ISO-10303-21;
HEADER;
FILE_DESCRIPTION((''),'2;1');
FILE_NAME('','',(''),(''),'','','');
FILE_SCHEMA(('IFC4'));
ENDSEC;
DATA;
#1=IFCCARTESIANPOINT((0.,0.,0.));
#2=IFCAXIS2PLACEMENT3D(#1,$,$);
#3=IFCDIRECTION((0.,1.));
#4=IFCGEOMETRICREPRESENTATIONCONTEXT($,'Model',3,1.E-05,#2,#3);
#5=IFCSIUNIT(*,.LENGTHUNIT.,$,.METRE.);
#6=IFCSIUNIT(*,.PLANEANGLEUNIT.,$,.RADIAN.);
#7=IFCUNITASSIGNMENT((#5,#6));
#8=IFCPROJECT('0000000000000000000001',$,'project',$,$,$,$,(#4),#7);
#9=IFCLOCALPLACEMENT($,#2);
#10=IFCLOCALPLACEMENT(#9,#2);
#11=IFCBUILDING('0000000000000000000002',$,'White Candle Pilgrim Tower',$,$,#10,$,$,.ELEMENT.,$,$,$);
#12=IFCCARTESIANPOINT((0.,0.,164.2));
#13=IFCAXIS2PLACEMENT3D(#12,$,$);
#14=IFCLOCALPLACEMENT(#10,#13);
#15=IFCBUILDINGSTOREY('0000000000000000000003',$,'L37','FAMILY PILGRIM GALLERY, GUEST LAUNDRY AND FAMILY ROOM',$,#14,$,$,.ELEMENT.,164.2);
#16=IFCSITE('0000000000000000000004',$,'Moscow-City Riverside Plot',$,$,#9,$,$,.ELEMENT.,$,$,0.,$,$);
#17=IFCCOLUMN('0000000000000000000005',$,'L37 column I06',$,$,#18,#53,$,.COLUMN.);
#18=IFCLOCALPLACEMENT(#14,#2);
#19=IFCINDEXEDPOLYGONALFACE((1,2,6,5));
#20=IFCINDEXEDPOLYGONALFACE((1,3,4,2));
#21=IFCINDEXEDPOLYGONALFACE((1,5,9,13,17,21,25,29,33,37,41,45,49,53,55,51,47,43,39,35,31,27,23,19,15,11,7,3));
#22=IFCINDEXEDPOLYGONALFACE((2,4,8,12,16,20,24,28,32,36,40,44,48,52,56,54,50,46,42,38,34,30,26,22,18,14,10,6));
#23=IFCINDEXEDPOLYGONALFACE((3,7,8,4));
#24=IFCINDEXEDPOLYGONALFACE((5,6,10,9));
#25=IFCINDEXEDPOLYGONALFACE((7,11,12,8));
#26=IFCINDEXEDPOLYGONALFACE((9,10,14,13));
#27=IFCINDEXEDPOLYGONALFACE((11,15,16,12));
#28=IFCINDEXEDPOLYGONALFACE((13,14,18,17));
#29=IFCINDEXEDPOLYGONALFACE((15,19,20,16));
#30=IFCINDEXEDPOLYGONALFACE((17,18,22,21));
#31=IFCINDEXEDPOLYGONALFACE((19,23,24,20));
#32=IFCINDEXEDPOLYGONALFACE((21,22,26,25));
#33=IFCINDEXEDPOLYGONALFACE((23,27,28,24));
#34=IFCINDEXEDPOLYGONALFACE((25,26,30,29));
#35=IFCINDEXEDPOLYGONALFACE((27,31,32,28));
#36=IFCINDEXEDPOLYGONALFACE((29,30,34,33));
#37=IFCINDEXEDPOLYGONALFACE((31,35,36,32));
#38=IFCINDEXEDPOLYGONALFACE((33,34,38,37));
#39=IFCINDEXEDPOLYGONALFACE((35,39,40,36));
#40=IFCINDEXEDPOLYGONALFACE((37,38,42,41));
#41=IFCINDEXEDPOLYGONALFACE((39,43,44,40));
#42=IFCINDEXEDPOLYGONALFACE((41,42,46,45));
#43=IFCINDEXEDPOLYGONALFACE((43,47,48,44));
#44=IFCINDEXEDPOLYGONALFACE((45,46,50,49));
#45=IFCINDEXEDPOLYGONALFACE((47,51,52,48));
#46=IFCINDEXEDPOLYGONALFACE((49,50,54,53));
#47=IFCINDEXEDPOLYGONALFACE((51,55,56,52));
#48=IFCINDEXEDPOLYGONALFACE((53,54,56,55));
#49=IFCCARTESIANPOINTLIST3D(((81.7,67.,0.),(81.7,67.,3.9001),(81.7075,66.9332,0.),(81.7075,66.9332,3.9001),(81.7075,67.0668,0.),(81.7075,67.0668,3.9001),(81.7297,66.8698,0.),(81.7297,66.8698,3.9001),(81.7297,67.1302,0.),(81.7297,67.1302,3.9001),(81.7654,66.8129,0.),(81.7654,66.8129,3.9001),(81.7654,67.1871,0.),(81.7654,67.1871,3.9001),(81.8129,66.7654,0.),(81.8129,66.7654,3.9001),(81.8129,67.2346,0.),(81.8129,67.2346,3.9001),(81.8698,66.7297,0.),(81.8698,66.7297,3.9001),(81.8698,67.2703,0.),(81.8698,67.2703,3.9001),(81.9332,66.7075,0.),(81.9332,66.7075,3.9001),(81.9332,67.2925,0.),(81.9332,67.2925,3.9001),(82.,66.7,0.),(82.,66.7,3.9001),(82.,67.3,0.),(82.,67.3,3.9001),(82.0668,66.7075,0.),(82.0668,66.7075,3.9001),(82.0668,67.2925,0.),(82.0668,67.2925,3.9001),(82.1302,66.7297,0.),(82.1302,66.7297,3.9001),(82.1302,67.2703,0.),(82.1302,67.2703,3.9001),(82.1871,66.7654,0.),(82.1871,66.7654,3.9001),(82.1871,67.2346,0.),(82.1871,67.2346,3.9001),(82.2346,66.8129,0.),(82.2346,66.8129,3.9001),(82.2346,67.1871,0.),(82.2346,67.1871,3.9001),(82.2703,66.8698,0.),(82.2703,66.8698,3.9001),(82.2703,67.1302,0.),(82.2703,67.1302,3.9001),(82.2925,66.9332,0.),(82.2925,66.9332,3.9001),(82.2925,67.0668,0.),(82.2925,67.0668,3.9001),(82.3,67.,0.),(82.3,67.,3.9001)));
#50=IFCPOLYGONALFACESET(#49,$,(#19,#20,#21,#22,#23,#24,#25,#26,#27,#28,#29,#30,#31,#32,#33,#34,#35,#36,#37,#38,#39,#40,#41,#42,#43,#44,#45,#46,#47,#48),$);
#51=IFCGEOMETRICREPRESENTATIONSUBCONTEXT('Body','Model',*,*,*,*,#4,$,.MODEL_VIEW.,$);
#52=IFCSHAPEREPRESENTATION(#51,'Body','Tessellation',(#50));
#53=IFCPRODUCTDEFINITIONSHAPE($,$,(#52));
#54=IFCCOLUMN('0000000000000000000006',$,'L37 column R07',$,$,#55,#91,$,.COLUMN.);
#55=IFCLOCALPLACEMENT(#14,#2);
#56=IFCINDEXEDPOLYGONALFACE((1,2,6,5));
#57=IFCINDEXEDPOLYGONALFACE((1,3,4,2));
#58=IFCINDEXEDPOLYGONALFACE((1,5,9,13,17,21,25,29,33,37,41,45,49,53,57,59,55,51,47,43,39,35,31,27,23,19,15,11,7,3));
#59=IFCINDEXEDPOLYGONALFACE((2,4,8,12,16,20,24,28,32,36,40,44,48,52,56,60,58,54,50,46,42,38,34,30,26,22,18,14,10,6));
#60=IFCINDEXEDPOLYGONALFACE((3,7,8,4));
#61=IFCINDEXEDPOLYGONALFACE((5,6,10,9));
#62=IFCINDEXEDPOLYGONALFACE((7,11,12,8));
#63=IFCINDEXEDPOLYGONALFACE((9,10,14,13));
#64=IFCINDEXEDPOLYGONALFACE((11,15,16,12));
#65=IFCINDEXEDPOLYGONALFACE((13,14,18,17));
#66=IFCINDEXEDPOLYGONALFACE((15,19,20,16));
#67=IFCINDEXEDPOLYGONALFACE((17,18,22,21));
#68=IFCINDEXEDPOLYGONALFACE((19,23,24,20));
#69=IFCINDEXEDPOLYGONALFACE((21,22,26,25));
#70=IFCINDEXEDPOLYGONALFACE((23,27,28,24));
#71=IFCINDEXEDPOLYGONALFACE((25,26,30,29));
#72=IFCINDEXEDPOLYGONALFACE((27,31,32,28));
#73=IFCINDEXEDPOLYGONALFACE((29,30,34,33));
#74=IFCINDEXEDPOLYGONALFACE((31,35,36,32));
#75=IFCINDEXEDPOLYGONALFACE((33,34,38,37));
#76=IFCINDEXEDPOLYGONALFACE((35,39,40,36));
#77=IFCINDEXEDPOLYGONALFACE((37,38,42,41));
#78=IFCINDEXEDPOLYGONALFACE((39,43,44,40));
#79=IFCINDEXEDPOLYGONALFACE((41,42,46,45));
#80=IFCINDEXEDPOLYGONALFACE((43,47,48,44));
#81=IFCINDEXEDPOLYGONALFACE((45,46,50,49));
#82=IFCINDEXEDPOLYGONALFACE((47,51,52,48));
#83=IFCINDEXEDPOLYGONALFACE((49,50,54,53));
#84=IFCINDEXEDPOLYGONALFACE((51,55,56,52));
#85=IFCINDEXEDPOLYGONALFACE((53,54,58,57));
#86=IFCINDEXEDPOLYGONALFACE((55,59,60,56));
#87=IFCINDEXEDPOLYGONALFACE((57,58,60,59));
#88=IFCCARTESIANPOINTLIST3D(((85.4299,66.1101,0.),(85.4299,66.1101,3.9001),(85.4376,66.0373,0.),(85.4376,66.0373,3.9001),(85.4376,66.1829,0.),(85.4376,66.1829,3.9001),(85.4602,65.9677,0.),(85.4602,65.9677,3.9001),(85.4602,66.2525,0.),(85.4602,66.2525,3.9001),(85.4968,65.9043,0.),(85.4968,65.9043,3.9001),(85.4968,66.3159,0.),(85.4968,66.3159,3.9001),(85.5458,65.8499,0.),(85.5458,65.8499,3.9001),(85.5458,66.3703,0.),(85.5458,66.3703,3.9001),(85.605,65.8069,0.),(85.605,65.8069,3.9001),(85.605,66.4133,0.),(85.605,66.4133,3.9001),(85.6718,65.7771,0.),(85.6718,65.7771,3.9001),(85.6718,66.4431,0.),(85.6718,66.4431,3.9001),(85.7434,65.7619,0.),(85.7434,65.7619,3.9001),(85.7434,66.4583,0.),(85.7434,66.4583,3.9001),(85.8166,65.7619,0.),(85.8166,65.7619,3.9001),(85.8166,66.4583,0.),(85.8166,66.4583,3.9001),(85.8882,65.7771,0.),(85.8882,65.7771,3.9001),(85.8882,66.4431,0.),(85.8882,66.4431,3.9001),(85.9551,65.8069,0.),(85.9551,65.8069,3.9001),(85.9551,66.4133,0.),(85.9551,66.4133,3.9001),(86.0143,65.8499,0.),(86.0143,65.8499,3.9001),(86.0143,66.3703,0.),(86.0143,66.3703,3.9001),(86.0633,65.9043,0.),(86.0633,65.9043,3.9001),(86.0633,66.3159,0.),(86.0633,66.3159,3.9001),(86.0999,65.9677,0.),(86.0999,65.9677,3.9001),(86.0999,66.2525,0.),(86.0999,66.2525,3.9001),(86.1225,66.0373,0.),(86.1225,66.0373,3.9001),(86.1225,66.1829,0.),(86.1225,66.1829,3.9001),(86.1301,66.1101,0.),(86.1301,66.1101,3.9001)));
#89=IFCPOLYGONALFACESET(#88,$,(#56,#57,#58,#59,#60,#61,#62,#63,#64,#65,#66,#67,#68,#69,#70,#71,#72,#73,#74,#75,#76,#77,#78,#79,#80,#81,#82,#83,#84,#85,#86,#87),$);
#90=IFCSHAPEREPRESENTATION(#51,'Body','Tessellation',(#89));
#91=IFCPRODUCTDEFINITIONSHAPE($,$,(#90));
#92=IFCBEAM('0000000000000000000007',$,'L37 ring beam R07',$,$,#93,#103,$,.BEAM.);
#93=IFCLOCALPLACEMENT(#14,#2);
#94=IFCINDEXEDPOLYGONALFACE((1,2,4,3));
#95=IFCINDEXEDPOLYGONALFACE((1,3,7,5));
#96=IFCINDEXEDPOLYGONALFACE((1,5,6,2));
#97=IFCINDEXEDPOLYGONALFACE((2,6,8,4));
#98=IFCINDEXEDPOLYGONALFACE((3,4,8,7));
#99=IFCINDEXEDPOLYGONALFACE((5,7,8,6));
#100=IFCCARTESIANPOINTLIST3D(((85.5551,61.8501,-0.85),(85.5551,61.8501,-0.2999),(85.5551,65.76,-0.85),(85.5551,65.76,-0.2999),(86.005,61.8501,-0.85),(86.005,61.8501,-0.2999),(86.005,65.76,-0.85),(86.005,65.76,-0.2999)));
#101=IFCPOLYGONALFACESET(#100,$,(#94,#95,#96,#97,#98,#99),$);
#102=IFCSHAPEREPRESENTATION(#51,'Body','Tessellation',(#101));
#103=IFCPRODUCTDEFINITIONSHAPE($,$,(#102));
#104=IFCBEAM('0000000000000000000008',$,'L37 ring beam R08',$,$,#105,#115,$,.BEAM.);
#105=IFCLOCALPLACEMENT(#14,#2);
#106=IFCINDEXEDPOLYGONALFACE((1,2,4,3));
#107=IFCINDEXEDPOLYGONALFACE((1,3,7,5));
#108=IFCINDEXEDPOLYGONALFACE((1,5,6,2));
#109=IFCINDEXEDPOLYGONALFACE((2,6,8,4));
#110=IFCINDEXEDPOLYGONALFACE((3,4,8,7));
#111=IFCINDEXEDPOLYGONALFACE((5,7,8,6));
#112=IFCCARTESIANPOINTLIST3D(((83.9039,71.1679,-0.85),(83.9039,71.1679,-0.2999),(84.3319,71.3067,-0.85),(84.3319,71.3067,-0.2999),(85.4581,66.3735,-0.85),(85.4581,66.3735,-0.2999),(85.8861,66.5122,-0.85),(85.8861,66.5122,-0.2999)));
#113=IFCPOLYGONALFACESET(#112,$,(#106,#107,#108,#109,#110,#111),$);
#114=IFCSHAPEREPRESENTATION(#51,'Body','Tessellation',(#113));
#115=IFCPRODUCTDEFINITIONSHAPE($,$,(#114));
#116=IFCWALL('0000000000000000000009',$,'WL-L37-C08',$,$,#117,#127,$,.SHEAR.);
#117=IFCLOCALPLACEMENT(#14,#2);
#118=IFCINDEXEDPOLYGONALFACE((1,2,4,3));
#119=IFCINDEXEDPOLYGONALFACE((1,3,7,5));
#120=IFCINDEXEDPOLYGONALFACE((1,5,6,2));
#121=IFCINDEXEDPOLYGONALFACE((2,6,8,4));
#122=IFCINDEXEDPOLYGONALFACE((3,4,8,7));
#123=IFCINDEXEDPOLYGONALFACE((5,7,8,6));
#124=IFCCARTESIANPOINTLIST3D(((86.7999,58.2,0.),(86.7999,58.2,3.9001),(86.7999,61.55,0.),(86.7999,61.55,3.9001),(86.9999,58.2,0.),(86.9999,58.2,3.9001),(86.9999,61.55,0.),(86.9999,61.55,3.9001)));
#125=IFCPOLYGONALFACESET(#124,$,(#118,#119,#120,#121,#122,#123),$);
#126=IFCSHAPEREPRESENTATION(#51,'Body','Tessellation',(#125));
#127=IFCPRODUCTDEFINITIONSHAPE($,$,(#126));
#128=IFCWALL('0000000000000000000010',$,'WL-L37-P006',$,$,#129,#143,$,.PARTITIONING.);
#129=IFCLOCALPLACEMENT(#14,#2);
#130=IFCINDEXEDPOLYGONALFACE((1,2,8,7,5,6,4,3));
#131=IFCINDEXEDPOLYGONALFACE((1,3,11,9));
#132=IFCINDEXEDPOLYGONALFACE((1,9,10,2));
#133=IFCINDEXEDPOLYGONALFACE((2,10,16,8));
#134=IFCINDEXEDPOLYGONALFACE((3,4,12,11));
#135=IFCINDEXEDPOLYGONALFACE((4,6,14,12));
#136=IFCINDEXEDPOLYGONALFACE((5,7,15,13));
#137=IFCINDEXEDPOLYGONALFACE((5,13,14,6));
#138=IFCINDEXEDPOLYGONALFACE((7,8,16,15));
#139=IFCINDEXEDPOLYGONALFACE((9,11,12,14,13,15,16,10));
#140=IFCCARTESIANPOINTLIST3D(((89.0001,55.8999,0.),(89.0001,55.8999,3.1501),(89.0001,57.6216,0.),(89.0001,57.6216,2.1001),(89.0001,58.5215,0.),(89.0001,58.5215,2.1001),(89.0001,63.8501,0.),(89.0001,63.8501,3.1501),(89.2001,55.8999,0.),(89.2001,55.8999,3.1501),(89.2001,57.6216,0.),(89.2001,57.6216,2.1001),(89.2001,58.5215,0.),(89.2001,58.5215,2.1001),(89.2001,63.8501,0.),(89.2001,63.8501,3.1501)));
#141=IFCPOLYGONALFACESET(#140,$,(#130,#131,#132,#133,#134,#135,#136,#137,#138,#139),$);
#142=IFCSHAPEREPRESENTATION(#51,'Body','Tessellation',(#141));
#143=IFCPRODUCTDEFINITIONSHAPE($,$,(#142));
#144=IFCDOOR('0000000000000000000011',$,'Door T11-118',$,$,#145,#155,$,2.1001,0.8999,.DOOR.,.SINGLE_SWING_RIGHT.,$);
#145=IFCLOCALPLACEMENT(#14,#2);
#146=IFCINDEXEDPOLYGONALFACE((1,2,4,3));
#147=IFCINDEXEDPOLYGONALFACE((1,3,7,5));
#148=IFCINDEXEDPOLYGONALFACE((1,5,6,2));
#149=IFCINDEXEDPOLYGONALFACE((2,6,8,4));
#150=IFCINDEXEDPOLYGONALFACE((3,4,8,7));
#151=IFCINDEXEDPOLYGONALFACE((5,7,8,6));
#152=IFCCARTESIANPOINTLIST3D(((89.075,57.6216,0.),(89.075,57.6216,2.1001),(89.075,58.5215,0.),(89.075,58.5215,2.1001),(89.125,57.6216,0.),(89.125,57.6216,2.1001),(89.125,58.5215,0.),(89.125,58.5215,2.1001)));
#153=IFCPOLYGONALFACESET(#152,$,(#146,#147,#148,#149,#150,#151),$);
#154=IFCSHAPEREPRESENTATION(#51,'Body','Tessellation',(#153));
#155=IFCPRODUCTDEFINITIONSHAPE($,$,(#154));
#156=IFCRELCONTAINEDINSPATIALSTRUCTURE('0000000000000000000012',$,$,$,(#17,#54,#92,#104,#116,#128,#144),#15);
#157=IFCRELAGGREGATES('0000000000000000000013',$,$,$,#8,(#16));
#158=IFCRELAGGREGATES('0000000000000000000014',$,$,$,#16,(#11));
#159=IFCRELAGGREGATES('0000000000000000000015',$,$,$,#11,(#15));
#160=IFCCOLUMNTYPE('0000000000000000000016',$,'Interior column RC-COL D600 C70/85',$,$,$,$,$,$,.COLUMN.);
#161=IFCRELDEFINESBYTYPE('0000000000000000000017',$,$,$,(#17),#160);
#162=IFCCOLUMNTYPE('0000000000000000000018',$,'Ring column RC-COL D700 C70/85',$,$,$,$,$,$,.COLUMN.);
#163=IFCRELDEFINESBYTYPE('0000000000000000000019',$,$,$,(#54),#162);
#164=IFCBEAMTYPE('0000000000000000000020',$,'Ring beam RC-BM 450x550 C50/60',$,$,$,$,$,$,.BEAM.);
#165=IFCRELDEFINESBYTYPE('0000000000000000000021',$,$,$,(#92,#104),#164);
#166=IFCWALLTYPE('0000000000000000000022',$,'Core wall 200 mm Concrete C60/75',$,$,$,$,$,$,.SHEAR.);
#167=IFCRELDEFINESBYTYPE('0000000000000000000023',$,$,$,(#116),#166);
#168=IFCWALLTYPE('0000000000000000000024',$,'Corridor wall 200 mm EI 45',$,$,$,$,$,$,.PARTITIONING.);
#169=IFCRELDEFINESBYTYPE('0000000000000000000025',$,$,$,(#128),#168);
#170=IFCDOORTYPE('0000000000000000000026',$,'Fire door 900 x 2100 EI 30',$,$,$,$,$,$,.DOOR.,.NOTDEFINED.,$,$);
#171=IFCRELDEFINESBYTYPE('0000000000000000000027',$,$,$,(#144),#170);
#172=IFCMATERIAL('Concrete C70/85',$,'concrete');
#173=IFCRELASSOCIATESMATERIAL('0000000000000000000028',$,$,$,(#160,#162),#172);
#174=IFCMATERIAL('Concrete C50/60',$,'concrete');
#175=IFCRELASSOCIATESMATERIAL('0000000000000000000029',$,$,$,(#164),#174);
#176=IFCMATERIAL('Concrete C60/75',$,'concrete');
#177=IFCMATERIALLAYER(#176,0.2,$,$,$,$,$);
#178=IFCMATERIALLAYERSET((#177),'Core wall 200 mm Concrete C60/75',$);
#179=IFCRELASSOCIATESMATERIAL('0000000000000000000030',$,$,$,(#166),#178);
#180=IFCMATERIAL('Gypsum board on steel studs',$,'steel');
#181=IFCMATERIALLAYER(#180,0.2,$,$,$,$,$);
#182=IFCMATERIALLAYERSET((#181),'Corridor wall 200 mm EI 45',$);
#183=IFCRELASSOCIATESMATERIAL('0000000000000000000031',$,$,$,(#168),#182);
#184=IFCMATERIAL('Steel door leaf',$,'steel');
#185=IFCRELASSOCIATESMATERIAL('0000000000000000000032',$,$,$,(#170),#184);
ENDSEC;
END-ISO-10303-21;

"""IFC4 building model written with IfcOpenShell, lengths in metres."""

from ifc_helpers import new_model, si_unit, direction, frame, frame_2d, origin, origin_2d, place, context, subcontext, project, spatial, rectangle, circle, extrude, material, layer, layer_set, material_profile, profile_set, type_object, element, fill, save


model = new_model("IFC4")

# Units and contexts
model_context = context("Model", 3, precision=1e-05, world=origin(), true_north=direction((0.0, 1.0)))
body_context = subcontext(model_context, "Body", "Model", "MODEL_VIEW")
ifc_project = project(units=[si_unit("LENGTHUNIT", "METRE"), si_unit("PLANEANGLEUNIT", "RADIAN")], contexts=[model_context])

# Site, building, storey
site_placement = place(None, origin())
site = spatial("IfcSite", under=ifc_project, at=site_placement, Name="Moscow-City Riverside Plot", CompositionType="ELEMENT", RefElevation=0.0)
building_placement = place(site_placement, origin())
building = spatial("IfcBuilding", under=site, at=building_placement, Name="White Candle Pilgrim Tower", CompositionType="ELEMENT")
storey_placement = place(building_placement, frame((0.0, 0.0, 164.2)))
storey = spatial("IfcBuildingStorey", under=building, at=storey_placement, Name="L37", Description="FAMILY PILGRIM GALLERY, GUEST LAUNDRY AND FAMILY ROOM", CompositionType="ELEMENT", Elevation=164.2)

# Columns
ifc_material_1 = material(Name="Concrete C70/85", Category="concrete")
ifc_material_profile_1 = material_profile(ifc_material_1, circle(Radius=0.3, at=origin_2d()), Name="RC-COL D600")
ifc_profile_set_1 = profile_set([ifc_material_profile_1], Name="Concrete C70/85")
column_type_1 = type_object("IfcColumnType", Name="Interior column RC-COL D600 C70/85", PredefinedType="COLUMN", material=ifc_profile_set_1)
column_1_placement = place(storey_placement, frame((82.0, 67.0, 0.0), z_axis=(0.0, 0.0, 1.0), x_axis=(1.0, 0.0, 0.0)))
element("IfcColumn", 1, at=column_1_placement, inside=storey, type_object=column_type_1, Name="L37 column I06", PredefinedType="COLUMN", context=body_context, shape_type="SweptSolid", body=[
    extrude(circle(Radius=0.3, at=origin_2d()), origin(), (0.0, 0.0, 1.0), 3.9001),
])
ifc_material_profile_2 = material_profile(ifc_material_1, circle(Radius=0.3501, at=origin_2d()), Name="RC-COL D700")
ifc_profile_set_2 = profile_set([ifc_material_profile_2], Name="Concrete C70/85")
column_type_2 = type_object("IfcColumnType", Name="Ring column RC-COL D700 C70/85", PredefinedType="COLUMN", material=ifc_profile_set_2)
column_2_placement = place(storey_placement, frame((85.78, 66.1101, 0.0), z_axis=(0.0, 0.0, 1.0), x_axis=(1.0, 0.0, 0.0)))
element("IfcColumn", 2, at=column_2_placement, inside=storey, type_object=column_type_2, Name="L37 column R07", PredefinedType="COLUMN", context=body_context, shape_type="SweptSolid", body=[
    extrude(circle(Radius=0.3501, at=origin_2d()), origin(), (0.0, 0.0, 1.0), 3.9001),
])

# Beams
ifc_material_2 = material(Name="Concrete C50/60", Category="concrete")
ifc_material_profile_3 = material_profile(ifc_material_2, rectangle(XDim=0.45, YDim=0.55, at=origin_2d()), Name="RC-BM 450x550")
ifc_profile_set_3 = profile_set([ifc_material_profile_3], Name="Concrete C50/60")
beam_type = type_object("IfcBeamType", Name="Ring beam RC-BM 450x550 C50/60", PredefinedType="BEAM", material=ifc_profile_set_3)
beam_1_placement = place(storey_placement, frame((85.78, 65.76, -0.575), z_axis=(0.0, -1.0, 0.0), x_axis=(1.0, 0.0, 0.0)))
element("IfcBeam", 3, at=beam_1_placement, inside=storey, type_object=beam_type, Name="L37 ring beam R07", PredefinedType="BEAM", context=body_context, shape_type="SweptSolid", body=[
    extrude(rectangle(XDim=0.45, YDim=0.55, at=origin_2d()), origin(), (0.0, 0.0, 1.0), 3.9099),
])
beam_2_placement = place(storey_placement, frame((85.6721, 66.4429, -0.575), z_axis=(-0.30837, 0.951267, 0.0), x_axis=(-0.951267, -0.30837, 0.0)))
element("IfcBeam", 4, at=beam_2_placement, inside=storey, type_object=beam_type, Name="L37 ring beam R08", PredefinedType="BEAM", context=body_context, shape_type="SweptSolid", body=[
    extrude(rectangle(XDim=0.45, YDim=0.55, at=origin_2d()), origin(), (0.0, 0.0, 1.0), 5.04),
])

# Wall
ifc_material_3 = material(Name="Concrete C60/75", Category="concrete")
ifc_layer_1 = layer(ifc_material_3, 0.2)
ifc_layer_set_1 = layer_set([ifc_layer_1], Name="Core wall 200 mm Concrete C60/75")
wall_type_1 = type_object("IfcWallType", Name="Core wall 200 mm Concrete C60/75", PredefinedType="SHEAR", material=ifc_layer_set_1)
wall_1_placement = place(storey_placement, frame((86.8999, 58.2, 0.0), z_axis=(0.0, 0.0, 1.0), x_axis=(0.0, 1.0, 0.0)))
element("IfcWall", 5, at=wall_1_placement, inside=storey, type_object=wall_type_1, Name="WL-L37-C08", PredefinedType="SHEAR", context=body_context, shape_type="SweptSolid", body=[
    extrude(rectangle(XDim=3.3501, YDim=0.2, at=frame_2d((1.675, 0.0))), origin(), (0.0, 0.0, 1.0), 3.9001),
])

# Wall, opening, door
ifc_material_4 = material(Name="Gypsum board on steel studs", Category="steel")
ifc_layer_2 = layer(ifc_material_4, 0.2)
ifc_layer_set_2 = layer_set([ifc_layer_2], Name="Corridor wall 200 mm EI 45")
wall_type_2 = type_object("IfcWallType", Name="Corridor wall 200 mm EI 45", PredefinedType="PARTITIONING", material=ifc_layer_set_2)
wall_2_placement = place(storey_placement, frame((89.1001, 63.8501, 0.0), z_axis=(0.0, 0.0, 1.0), x_axis=(0.0, -1.0, 0.0)))
wall_2 = element("IfcWall", 6, at=wall_2_placement, inside=storey, type_object=wall_type_2, Name="WL-L37-P006", PredefinedType="PARTITIONING", context=body_context, shape_type="SweptSolid", body=[
    extrude(rectangle(XDim=7.9502, YDim=0.2, at=frame_2d((3.9751, 0.0))), origin(), (0.0, 0.0, 1.0), 3.1501),
])
opening_1_placement = place(wall_2_placement, frame((5.3286, 0.0, 0.0)))
opening_1 = element("IfcOpeningElement", 7, at=opening_1_placement, cuts=wall_2, PredefinedType="OPENING", context=body_context, shape_type="SweptSolid", body=[
    extrude(rectangle(XDim=0.8999, YDim=2.1001, at=frame_2d((0.45, 1.05))), frame((0.0, 0.1099, 0.0), z_axis=(0.0, -1.0, 0.0), x_axis=(1.0, 0.0, 0.0)), (0.0, 0.0, 1.0), 0.22),
])
ifc_material_5 = material(Name="Steel door leaf", Category="steel")
door_type_1 = type_object("IfcDoorType", Name="Fire door 900 x 2100 EI 30", OperationType="NOTDEFINED", PredefinedType="DOOR", material=ifc_material_5)
door_1_placement = place(opening_1_placement, origin())
door_1 = element("IfcDoor", 8, at=door_1_placement, inside=storey, type_object=door_type_1, Name="Door T11-118", OperationType="SINGLE_SWING_RIGHT", OverallHeight=2.1001, OverallWidth=0.8999, PredefinedType="DOOR", context=body_context, shape_type="SweptSolid", body=[
    extrude(rectangle(XDim=0.8999, YDim=2.1001, at=frame_2d((0.45, 1.05))), frame((0.0, 0.0249, 0.0), z_axis=(0.0, -1.0, 0.0), x_axis=(1.0, 0.0, 0.0)), (0.0, 0.0, 1.0), 0.05),
])
fill(opening_1, door_1)

save(model, "model.ifc")
